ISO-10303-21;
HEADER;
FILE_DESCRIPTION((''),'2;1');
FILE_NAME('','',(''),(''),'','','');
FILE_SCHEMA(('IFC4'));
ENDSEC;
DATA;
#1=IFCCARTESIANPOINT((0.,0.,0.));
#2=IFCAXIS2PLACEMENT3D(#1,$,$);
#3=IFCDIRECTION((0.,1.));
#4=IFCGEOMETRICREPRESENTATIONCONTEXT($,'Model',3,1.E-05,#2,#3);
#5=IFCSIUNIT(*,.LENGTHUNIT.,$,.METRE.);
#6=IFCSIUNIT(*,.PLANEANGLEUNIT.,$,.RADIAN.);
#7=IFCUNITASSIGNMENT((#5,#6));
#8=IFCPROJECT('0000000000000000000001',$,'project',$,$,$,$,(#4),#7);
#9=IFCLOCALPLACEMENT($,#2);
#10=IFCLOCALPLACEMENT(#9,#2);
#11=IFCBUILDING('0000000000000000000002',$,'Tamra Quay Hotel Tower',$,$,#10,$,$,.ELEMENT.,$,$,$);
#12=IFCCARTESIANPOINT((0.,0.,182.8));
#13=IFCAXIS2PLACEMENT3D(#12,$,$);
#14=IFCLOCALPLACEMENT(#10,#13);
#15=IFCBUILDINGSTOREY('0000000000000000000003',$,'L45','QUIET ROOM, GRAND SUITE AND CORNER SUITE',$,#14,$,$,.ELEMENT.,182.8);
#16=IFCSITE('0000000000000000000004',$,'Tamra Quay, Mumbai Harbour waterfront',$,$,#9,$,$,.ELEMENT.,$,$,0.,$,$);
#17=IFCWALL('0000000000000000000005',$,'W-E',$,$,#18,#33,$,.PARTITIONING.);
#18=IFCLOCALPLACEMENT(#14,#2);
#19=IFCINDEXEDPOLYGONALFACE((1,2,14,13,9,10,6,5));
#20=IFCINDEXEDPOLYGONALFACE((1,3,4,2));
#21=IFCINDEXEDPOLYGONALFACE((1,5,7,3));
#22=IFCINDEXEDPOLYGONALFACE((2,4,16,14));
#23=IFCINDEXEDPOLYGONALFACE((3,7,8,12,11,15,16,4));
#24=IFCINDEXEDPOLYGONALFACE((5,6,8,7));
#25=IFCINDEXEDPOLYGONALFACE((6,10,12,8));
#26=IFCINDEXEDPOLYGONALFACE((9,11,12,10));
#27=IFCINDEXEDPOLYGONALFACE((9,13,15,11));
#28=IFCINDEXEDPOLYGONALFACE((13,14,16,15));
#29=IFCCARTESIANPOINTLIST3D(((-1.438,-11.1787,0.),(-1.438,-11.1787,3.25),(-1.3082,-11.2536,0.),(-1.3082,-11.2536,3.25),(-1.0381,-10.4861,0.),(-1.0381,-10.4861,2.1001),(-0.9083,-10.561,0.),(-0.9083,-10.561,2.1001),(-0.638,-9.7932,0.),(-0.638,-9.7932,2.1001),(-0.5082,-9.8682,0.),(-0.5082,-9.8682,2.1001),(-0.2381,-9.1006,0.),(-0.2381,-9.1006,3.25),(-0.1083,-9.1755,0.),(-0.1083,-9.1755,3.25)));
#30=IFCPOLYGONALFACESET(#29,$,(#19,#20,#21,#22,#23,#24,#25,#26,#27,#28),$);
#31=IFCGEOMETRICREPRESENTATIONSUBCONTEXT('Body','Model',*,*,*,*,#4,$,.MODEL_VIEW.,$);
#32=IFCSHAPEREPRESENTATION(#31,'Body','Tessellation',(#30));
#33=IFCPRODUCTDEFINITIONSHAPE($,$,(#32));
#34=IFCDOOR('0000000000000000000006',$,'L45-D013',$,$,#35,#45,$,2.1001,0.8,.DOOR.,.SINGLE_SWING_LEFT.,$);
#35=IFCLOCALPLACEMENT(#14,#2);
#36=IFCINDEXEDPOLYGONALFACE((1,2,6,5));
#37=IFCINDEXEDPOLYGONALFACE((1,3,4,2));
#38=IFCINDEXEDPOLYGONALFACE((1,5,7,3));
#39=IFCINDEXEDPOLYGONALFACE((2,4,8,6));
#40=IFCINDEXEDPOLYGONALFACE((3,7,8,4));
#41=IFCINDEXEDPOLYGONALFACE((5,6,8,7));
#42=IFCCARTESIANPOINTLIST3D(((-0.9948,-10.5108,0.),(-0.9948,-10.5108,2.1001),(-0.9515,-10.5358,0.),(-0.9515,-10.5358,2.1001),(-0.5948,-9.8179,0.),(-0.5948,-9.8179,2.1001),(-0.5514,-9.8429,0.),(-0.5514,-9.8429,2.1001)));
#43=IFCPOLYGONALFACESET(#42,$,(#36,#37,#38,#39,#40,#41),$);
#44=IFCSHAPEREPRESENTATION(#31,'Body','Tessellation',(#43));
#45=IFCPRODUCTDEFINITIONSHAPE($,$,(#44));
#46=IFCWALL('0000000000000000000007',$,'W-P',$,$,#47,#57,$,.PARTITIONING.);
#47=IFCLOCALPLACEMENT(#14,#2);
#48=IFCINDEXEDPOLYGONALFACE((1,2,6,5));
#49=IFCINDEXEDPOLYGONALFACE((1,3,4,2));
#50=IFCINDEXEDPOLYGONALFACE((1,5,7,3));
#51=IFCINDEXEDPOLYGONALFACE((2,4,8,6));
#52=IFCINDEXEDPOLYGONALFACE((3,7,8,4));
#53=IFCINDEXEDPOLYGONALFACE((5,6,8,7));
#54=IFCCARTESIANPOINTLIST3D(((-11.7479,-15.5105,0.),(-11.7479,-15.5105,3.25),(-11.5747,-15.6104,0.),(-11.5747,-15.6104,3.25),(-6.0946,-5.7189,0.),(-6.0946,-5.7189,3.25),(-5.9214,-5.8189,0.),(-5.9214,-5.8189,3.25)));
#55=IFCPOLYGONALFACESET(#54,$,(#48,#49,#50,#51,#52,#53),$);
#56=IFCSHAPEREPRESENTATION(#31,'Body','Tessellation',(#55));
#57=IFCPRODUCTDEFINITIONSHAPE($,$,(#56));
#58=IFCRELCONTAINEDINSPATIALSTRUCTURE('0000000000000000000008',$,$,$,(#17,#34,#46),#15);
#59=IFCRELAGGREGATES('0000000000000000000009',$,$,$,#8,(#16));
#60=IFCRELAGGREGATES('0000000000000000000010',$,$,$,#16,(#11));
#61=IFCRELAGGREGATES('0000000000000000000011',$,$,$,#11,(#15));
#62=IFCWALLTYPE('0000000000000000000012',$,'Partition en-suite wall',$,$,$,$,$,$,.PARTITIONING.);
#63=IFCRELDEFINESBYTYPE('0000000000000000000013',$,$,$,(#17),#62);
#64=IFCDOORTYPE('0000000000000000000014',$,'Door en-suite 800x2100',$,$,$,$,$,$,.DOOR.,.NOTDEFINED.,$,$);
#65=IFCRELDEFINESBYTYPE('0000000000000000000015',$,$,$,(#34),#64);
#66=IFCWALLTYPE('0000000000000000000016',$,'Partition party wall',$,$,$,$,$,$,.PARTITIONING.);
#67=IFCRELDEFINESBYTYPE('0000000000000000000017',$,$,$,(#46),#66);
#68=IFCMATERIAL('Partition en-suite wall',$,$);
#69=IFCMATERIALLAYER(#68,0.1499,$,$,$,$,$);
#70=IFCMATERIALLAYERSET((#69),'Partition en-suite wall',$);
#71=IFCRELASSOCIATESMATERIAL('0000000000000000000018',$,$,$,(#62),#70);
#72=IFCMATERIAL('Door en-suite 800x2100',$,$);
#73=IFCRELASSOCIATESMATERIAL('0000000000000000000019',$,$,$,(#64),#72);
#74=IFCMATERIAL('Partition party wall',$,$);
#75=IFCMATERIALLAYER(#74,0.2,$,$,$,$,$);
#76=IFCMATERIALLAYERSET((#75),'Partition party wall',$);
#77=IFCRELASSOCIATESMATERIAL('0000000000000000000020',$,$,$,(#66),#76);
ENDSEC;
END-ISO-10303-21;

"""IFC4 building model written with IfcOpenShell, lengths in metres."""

from ifc_helpers import new_model, si_unit, direction, frame, frame_2d, origin, place, context, subcontext, project, spatial, rectangle, extrude, material, layer, layer_set, type_object, element, fill, save


model = new_model("IFC4")

# Units and contexts
model_context = context("Model", 3, precision=1e-05, world=origin(), true_north=direction((0.0, 1.0)))
body_context = subcontext(model_context, "Body", "Model", "MODEL_VIEW")
ifc_project = project(units=[si_unit("LENGTHUNIT", "METRE"), si_unit("PLANEANGLEUNIT", "RADIAN")], contexts=[model_context])

# Site, building, storey
site_placement = place(None, origin())
site = spatial("IfcSite", under=ifc_project, at=site_placement, Name="Tamra Quay, Mumbai Harbour waterfront", CompositionType="ELEMENT", RefElevation=0.0)
building_placement = place(site_placement, origin())
building = spatial("IfcBuilding", under=site, at=building_placement, Name="Tamra Quay Hotel Tower", CompositionType="ELEMENT")
storey_placement = place(building_placement, frame((0.0, 0.0, 182.8)))
storey = spatial("IfcBuildingStorey", under=building, at=storey_placement, Name="L45", Description="QUIET ROOM, GRAND SUITE AND CORNER SUITE", CompositionType="ELEMENT", Elevation=182.8)

# Shared definitions
ifc_material_1 = material(Name="Partition en-suite wall")
ifc_layer_1 = layer(ifc_material_1, 0.1499)
ifc_layer_set_1 = layer_set([ifc_layer_1], Name="Partition en-suite wall")
wall_type_1 = type_object("IfcWallType", Name="Partition en-suite wall", PredefinedType="PARTITIONING", material=ifc_layer_set_1)
ifc_material_2 = material(Name="Door en-suite 800x2100")
door_type_1 = type_object("IfcDoorType", Name="Door en-suite 800x2100", OperationType="NOTDEFINED", PredefinedType="DOOR", material=ifc_material_2)

# Wall, opening, door
wall_1_placement = place(storey_placement, frame((-1.373, -11.2161, 0.0), z_axis=(0.0, 0.0, 1.0), x_axis=(0.500045, 0.865999, 0.0)))
wall_1 = element("IfcWall", 1, at=wall_1_placement, inside=storey, type_object=wall_type_1, Name="W-E", PredefinedType="PARTITIONING", context=body_context, shape_type="SweptSolid", body=[
    extrude(rectangle(XDim=2.3997, YDim=0.1499, at=frame_2d((1.1997, 0.0))), origin(), (0.0, 0.0, 1.0), 3.25),
])
opening_1_placement = place(wall_1_placement, frame((0.7998, 0.0, 0.0)))
opening_1 = element("IfcOpeningElement", 2, at=opening_1_placement, cuts=wall_1, PredefinedType="OPENING", context=body_context, shape_type="SweptSolid", body=[
    extrude(rectangle(XDim=0.8, YDim=2.1001, at=frame_2d((0.3999, 1.05))), frame((0.0, 0.085, 0.0), z_axis=(0.0, -1.0, 0.0), x_axis=(1.0, 0.0, 0.0)), (0.0, 0.0, 1.0), 0.1699),
])
door_1_placement = place(opening_1_placement, frame((0.8, 0.0, 0.0), z_axis=(0.0, 0.0, 1.0), x_axis=(-1.0, 0.0, 0.0)))
door_1 = element("IfcDoor", 3, at=door_1_placement, inside=storey, type_object=door_type_1, Name="L45-D013", OperationType="SINGLE_SWING_LEFT", OverallHeight=2.1001, OverallWidth=0.8, PredefinedType="DOOR", context=body_context, shape_type="SweptSolid", body=[
    extrude(rectangle(XDim=0.8, YDim=2.1001, at=frame_2d((0.3999, 1.05))), frame((0.0, 0.0249, 0.0), z_axis=(0.0, -1.0, 0.0), x_axis=(1.0, 0.0, 0.0)), (0.0, 0.0, 1.0), 0.05),
])
fill(opening_1, door_1)

# Wall
ifc_material_3 = material(Name="Partition party wall")
ifc_layer_2 = layer(ifc_material_3, 0.2)
ifc_layer_set_2 = layer_set([ifc_layer_2], Name="Partition party wall")
wall_type_2 = type_object("IfcWallType", Name="Partition party wall", PredefinedType="PARTITIONING", material=ifc_layer_set_2)
wall_2_placement = place(storey_placement, frame((-11.6614, -15.5605, 0.0), z_axis=(0.0, 0.0, 1.0), x_axis=(0.500013, 0.866018, 0.0)))
element("IfcWall", 4, at=wall_2_placement, inside=storey, type_object=wall_type_2, Name="W-P", PredefinedType="PARTITIONING", context=body_context, shape_type="SweptSolid", body=[
    extrude(rectangle(XDim=11.3064, YDim=0.2, at=frame_2d((5.6533, 0.0))), origin(), (0.0, 0.0, 1.0), 3.25),
])

save(model, "model.ifc")
